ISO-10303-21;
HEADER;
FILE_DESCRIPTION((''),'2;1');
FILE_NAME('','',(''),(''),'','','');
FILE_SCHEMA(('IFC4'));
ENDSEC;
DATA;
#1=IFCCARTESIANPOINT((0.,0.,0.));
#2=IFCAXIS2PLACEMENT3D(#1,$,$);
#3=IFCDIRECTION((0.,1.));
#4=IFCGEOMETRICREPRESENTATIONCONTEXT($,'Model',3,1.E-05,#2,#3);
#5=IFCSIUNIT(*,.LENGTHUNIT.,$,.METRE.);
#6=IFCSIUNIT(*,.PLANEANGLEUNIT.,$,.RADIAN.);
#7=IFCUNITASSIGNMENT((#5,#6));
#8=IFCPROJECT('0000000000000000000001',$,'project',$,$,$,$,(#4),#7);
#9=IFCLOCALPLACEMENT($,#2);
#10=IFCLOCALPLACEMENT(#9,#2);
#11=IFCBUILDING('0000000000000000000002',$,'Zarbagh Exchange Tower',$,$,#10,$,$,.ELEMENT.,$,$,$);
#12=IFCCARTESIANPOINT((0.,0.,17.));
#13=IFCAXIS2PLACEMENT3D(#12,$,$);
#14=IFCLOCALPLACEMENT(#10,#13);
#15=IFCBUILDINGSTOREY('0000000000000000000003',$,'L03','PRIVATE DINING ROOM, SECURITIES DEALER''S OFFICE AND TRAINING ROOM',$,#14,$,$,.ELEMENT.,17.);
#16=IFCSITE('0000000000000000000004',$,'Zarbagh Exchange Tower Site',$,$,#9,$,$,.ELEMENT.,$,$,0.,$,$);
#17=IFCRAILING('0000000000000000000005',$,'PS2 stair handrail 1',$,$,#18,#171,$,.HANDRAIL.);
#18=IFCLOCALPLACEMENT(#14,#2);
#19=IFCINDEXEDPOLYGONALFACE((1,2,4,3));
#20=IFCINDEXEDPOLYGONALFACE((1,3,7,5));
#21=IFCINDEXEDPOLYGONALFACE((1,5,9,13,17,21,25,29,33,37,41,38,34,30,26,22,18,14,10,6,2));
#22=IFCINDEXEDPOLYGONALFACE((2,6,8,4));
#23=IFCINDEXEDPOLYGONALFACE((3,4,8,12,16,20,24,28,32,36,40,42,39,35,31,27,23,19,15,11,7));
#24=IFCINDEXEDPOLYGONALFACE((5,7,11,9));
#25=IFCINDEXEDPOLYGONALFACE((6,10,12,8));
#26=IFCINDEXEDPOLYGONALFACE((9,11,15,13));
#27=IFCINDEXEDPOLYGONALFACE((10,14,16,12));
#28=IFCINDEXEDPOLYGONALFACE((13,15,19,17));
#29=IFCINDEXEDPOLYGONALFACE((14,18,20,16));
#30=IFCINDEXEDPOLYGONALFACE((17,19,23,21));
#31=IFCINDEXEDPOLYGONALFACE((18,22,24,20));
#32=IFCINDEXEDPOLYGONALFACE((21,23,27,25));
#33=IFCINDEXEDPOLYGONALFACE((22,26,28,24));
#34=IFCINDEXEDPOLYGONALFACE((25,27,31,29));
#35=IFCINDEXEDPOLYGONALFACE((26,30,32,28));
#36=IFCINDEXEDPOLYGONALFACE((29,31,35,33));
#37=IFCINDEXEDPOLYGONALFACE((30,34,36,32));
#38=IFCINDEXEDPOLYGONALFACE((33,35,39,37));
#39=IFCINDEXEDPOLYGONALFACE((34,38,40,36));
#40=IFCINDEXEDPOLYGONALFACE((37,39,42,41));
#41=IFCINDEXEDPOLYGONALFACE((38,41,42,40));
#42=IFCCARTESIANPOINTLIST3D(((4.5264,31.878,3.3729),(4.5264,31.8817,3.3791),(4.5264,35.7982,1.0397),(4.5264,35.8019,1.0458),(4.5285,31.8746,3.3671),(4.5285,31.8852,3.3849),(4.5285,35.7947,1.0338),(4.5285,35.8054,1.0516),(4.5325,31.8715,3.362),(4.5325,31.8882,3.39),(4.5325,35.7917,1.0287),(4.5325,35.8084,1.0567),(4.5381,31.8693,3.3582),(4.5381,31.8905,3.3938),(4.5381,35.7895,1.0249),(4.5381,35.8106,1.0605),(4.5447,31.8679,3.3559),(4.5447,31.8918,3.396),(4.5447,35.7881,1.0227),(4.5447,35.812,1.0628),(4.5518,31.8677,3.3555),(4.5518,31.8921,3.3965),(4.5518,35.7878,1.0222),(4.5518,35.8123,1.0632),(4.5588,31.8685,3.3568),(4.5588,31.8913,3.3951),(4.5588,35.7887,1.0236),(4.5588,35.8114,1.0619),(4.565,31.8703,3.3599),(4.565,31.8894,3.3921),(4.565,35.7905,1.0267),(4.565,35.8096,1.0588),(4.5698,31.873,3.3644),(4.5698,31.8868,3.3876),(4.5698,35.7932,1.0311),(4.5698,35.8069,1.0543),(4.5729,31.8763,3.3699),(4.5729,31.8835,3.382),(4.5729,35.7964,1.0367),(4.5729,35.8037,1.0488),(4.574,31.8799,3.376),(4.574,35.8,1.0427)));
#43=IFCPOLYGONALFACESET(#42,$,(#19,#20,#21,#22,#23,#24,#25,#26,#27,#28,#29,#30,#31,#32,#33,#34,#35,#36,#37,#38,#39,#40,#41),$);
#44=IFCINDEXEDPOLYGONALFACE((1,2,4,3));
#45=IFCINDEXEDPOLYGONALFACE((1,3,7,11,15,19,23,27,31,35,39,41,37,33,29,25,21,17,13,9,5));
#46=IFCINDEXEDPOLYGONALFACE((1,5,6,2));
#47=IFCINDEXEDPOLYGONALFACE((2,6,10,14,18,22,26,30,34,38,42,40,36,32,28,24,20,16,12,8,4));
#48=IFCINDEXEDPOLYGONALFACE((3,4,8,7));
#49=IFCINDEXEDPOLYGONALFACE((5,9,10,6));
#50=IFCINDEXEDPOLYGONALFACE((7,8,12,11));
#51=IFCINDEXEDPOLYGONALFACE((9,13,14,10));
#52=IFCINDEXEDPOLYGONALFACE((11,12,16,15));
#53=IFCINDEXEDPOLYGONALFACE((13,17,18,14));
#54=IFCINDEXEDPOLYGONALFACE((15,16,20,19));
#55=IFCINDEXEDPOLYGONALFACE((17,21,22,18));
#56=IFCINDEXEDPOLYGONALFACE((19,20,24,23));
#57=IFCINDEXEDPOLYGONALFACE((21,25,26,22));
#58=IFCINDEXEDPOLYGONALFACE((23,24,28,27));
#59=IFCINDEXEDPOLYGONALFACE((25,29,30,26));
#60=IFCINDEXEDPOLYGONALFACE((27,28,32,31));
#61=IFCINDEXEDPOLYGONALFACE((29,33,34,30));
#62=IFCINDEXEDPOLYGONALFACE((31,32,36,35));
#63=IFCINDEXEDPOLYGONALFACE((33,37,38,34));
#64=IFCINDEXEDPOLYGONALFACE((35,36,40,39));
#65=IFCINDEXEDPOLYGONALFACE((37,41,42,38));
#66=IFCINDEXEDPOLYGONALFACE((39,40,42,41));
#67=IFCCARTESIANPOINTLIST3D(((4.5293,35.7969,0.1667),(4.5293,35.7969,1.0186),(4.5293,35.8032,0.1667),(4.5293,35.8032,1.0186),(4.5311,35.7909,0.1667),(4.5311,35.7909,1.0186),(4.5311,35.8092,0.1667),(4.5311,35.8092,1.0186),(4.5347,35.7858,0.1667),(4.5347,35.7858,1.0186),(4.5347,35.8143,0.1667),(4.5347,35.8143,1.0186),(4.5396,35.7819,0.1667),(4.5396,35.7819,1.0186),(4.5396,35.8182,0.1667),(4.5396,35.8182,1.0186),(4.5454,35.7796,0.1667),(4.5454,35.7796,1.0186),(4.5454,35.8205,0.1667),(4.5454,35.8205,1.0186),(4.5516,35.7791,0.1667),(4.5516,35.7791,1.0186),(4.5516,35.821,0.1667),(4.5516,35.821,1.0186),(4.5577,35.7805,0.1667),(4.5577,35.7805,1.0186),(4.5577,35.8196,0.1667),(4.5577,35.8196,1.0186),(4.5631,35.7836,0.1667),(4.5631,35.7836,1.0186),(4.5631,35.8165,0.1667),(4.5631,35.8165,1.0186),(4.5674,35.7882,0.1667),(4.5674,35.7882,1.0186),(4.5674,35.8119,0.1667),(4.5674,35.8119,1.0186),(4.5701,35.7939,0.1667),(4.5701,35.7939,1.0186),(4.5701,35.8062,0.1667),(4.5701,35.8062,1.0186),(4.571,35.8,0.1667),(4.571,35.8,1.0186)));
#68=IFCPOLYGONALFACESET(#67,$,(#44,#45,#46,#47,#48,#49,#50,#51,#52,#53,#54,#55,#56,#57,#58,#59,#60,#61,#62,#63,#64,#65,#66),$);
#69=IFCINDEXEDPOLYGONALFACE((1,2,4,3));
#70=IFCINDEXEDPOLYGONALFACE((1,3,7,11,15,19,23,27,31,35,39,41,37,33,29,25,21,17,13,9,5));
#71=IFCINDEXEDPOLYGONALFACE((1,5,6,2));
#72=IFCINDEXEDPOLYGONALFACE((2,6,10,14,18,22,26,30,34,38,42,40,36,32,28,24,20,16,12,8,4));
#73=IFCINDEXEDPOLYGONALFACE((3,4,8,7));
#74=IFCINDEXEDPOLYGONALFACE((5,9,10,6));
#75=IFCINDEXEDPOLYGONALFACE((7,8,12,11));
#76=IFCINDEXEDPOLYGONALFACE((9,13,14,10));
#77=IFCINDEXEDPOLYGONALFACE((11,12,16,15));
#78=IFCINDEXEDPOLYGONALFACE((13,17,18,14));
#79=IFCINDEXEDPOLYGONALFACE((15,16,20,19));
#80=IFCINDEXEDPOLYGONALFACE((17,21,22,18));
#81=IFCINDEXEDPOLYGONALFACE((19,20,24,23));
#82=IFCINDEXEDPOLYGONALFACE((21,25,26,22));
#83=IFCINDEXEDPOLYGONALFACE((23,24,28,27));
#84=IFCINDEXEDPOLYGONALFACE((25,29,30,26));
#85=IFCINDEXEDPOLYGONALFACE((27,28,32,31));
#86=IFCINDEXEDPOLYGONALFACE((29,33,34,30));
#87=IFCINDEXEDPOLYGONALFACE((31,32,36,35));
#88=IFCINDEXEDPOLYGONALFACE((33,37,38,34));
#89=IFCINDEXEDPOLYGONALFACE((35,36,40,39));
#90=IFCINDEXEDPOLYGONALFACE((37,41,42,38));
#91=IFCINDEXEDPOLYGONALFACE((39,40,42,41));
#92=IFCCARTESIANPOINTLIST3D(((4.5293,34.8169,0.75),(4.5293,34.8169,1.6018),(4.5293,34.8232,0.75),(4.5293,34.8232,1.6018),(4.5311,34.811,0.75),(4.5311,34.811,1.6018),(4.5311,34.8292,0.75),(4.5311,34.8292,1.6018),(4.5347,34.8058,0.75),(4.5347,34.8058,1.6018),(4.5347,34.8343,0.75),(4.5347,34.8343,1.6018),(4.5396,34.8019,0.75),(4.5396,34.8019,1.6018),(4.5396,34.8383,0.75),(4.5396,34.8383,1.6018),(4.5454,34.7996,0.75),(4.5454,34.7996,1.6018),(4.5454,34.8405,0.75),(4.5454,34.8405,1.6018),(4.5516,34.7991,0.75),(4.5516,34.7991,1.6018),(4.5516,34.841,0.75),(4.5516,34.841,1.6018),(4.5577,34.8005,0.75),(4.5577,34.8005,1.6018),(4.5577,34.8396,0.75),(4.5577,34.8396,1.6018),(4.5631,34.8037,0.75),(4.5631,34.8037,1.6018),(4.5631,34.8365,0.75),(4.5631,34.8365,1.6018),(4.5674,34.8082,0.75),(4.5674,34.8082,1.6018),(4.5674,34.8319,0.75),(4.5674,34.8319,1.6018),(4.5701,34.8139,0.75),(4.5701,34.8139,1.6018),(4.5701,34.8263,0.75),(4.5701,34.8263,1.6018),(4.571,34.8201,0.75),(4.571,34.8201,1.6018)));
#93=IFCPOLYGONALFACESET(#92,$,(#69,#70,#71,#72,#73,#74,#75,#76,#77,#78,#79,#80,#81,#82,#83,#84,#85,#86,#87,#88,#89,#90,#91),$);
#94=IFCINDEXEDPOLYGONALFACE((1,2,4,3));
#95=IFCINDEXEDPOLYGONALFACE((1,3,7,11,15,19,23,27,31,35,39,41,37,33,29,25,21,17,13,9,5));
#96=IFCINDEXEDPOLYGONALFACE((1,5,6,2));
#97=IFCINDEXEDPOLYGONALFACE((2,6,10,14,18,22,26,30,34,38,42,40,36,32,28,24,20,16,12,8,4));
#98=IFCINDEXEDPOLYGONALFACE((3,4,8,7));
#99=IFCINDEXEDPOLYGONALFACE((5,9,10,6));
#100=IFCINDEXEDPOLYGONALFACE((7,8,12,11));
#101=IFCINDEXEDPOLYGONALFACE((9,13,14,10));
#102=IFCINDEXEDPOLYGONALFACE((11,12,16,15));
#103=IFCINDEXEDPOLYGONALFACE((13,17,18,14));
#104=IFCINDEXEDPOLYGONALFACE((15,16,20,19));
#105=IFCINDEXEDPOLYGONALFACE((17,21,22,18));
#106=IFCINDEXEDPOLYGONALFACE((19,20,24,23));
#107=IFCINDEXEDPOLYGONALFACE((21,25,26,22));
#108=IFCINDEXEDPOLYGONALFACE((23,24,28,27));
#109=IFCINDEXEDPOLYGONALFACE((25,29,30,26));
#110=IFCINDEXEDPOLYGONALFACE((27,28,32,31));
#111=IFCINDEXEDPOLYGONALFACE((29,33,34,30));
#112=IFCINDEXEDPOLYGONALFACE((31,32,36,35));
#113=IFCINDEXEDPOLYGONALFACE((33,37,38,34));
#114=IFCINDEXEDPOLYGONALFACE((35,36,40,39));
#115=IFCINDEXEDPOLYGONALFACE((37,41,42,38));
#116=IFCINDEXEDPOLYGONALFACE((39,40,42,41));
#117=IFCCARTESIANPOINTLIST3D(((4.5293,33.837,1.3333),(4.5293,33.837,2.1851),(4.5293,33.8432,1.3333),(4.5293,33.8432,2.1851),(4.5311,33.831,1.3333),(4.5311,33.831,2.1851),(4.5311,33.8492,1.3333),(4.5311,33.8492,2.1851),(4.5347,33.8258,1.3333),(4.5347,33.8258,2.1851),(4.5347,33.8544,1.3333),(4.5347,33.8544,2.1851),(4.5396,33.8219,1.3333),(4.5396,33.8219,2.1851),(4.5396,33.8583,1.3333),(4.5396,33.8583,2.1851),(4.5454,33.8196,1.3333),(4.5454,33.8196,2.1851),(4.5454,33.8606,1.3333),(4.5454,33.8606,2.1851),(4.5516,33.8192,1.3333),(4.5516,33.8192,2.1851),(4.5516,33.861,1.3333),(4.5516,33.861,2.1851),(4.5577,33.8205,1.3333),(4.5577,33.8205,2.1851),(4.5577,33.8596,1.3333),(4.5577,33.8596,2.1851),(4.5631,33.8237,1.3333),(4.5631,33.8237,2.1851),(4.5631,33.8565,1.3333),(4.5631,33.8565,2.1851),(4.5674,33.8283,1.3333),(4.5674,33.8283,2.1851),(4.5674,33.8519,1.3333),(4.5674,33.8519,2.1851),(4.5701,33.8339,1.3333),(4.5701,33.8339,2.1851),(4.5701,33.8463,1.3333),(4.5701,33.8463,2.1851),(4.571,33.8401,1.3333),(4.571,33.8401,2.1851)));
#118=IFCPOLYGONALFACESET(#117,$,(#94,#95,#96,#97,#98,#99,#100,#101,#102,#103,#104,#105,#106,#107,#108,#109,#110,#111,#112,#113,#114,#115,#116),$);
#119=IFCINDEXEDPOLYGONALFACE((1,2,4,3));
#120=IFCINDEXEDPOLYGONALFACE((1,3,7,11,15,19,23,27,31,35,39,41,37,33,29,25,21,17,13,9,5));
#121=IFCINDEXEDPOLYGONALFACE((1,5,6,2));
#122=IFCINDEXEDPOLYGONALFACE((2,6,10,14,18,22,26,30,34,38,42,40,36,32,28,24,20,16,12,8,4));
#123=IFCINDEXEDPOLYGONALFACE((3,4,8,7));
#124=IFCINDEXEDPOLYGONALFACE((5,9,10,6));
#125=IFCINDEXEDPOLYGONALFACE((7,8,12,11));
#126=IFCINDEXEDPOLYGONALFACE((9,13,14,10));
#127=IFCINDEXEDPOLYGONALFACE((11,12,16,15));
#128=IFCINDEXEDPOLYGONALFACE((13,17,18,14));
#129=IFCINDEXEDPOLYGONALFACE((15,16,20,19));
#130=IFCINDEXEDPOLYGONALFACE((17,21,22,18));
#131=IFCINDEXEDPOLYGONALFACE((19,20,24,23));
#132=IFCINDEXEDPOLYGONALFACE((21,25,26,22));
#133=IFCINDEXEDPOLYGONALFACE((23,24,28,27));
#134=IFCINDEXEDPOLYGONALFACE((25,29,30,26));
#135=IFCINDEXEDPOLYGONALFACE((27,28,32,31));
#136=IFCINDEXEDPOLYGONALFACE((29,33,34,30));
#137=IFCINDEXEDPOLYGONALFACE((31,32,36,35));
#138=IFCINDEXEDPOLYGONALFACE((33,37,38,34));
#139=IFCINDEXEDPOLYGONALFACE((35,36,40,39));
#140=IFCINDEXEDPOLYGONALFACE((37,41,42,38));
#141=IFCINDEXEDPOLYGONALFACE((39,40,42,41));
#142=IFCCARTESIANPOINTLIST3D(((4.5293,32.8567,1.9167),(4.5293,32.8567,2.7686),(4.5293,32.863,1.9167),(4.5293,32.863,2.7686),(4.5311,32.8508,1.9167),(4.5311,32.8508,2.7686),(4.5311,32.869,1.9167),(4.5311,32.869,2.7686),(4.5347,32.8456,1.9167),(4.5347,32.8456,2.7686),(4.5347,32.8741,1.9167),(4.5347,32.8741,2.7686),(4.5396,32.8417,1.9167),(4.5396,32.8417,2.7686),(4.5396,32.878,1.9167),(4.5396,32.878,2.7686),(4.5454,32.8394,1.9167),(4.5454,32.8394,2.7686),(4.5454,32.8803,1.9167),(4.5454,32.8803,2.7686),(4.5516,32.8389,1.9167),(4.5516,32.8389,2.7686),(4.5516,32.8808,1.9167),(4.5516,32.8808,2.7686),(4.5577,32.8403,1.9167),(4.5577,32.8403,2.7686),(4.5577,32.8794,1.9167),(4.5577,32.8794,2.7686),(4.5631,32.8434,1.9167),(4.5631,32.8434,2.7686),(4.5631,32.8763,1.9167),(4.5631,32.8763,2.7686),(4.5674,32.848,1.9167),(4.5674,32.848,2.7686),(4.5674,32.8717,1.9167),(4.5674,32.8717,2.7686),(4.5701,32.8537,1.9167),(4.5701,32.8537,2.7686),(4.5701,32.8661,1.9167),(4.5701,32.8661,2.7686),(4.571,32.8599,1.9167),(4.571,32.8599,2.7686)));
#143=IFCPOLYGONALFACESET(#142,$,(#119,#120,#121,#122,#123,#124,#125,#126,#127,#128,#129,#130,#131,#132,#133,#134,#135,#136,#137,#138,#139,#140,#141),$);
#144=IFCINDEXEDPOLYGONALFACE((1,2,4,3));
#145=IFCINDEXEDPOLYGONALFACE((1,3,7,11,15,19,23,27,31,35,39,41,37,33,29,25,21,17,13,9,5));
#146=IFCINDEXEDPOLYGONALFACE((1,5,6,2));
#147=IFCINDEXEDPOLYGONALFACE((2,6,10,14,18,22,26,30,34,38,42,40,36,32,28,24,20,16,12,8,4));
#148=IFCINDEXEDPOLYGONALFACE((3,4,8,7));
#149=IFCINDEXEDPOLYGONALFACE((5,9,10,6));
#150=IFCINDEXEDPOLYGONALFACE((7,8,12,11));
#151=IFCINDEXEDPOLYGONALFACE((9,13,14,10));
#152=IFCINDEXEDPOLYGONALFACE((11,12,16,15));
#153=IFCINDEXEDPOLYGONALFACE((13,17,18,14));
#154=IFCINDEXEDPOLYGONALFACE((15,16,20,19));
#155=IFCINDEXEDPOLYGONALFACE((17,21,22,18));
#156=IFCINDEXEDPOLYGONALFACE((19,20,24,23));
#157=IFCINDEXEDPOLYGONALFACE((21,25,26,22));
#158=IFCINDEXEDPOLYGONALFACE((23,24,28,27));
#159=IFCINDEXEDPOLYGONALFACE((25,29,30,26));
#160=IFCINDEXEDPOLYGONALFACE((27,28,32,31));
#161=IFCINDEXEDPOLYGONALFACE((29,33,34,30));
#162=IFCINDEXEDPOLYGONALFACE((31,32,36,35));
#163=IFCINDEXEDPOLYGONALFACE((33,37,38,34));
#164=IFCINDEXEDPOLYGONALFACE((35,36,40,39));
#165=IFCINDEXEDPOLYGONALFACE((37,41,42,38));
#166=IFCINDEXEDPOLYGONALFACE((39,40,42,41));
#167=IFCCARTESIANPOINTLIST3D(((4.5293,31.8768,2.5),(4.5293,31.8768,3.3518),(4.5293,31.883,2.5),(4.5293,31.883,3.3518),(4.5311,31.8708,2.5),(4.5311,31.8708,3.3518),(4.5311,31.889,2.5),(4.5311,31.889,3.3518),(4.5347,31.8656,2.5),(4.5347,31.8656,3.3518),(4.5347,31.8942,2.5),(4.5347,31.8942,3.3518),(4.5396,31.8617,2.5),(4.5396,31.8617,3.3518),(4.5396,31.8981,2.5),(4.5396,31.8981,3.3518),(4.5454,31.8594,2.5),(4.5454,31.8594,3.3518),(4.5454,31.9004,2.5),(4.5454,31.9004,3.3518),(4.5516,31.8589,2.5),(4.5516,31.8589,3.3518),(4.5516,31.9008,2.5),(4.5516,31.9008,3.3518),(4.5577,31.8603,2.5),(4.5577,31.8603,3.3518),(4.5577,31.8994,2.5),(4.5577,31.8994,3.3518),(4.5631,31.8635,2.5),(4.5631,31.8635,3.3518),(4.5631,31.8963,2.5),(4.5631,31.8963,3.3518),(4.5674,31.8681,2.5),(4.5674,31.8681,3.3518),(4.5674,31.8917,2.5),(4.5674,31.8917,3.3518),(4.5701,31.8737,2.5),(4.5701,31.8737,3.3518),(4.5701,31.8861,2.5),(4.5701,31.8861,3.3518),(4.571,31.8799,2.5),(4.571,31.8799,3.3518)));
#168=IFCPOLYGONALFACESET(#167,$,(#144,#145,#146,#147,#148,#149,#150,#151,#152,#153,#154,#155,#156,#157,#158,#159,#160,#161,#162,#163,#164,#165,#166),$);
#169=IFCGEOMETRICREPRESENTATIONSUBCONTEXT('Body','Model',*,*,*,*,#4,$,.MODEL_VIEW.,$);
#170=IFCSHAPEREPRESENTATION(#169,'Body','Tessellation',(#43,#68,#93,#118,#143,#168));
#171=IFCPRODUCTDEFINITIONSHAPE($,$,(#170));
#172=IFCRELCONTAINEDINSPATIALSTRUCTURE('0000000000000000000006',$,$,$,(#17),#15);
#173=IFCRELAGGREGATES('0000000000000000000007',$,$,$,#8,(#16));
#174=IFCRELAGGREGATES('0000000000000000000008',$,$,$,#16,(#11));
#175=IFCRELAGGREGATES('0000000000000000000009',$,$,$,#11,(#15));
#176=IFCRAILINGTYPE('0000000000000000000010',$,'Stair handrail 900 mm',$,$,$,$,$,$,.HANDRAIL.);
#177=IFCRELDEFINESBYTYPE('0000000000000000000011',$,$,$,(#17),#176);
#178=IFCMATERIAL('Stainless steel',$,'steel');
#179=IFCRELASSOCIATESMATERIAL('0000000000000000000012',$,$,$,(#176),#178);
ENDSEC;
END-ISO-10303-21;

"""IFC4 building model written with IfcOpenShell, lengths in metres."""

from ifc_helpers import new_model, si_unit, direction, frame, origin, origin_2d, place, context, subcontext, project, spatial, circle, extrude, material, type_object, element, save


model = new_model("IFC4")

# Units and contexts
model_context = context("Model", 3, precision=1e-05, world=origin(), true_north=direction((0.0, 1.0)))
body_context = subcontext(model_context, "Body", "Model", "MODEL_VIEW")
ifc_project = project(units=[si_unit("LENGTHUNIT", "METRE"), si_unit("PLANEANGLEUNIT", "RADIAN")], contexts=[model_context])

# Site, building, storey
site_placement = place(None, origin())
site = spatial("IfcSite", under=ifc_project, at=site_placement, Name="Zarbagh Exchange Tower Site", CompositionType="ELEMENT", RefElevation=0.0)
building_placement = place(site_placement, origin())
building = spatial("IfcBuilding", under=site, at=building_placement, Name="Zarbagh Exchange Tower", CompositionType="ELEMENT")
storey_placement = place(building_placement, frame((0.0, 0.0, 17.0)))
storey = spatial("IfcBuildingStorey", under=building, at=storey_placement, Name="L03", Description="PRIVATE DINING ROOM, SECURITIES DEALER'S OFFICE AND TRAINING ROOM", CompositionType="ELEMENT", Elevation=17.0)

# Railing
ifc_material_1 = material(Name="Stainless steel", Category="steel")
railing_type_1 = type_object("IfcRailingType", Name="Stair handrail 900 mm", PredefinedType="HANDRAIL", material=ifc_material_1)
railing_1_placement = place(storey_placement, frame((4.55, 35.8, 0.1667)))
element("IfcRailing", 1, at=railing_1_placement, inside=storey, type_object=railing_type_1, Name="PS2 stair handrail 1", PredefinedType="HANDRAIL", context=body_context, shape_type="SweptSolid", body=[
    extrude(circle(Radius=0.0239, at=origin_2d()), frame((0.0, 0.0, 0.876), z_axis=(0.0, -0.85931, 0.511455), x_axis=(1.0, 0.0, 0.0)), (0.0, 0.0, 1.0), 4.562),
    extrude(circle(Radius=0.021, at=origin_2d()), origin(), (0.0, 0.0, 1.0), 0.8518),
    extrude(circle(Radius=0.021, at=origin_2d()), frame((0.0, -0.98, 0.5833)), (0.0, 0.0, 1.0), 0.8518),
    extrude(circle(Radius=0.021, at=origin_2d()), frame((0.0, -1.96, 1.1665)), (0.0, 0.0, 1.0), 0.8518),
    extrude(circle(Radius=0.021, at=origin_2d()), frame((0.0, -2.9402, 1.75)), (0.0, 0.0, 1.0), 0.8518),
    extrude(circle(Radius=0.021, at=origin_2d()), frame((0.0, -3.9202, 2.3333)), (0.0, 0.0, 1.0), 0.8518),
])

save(model, "model.ifc")
